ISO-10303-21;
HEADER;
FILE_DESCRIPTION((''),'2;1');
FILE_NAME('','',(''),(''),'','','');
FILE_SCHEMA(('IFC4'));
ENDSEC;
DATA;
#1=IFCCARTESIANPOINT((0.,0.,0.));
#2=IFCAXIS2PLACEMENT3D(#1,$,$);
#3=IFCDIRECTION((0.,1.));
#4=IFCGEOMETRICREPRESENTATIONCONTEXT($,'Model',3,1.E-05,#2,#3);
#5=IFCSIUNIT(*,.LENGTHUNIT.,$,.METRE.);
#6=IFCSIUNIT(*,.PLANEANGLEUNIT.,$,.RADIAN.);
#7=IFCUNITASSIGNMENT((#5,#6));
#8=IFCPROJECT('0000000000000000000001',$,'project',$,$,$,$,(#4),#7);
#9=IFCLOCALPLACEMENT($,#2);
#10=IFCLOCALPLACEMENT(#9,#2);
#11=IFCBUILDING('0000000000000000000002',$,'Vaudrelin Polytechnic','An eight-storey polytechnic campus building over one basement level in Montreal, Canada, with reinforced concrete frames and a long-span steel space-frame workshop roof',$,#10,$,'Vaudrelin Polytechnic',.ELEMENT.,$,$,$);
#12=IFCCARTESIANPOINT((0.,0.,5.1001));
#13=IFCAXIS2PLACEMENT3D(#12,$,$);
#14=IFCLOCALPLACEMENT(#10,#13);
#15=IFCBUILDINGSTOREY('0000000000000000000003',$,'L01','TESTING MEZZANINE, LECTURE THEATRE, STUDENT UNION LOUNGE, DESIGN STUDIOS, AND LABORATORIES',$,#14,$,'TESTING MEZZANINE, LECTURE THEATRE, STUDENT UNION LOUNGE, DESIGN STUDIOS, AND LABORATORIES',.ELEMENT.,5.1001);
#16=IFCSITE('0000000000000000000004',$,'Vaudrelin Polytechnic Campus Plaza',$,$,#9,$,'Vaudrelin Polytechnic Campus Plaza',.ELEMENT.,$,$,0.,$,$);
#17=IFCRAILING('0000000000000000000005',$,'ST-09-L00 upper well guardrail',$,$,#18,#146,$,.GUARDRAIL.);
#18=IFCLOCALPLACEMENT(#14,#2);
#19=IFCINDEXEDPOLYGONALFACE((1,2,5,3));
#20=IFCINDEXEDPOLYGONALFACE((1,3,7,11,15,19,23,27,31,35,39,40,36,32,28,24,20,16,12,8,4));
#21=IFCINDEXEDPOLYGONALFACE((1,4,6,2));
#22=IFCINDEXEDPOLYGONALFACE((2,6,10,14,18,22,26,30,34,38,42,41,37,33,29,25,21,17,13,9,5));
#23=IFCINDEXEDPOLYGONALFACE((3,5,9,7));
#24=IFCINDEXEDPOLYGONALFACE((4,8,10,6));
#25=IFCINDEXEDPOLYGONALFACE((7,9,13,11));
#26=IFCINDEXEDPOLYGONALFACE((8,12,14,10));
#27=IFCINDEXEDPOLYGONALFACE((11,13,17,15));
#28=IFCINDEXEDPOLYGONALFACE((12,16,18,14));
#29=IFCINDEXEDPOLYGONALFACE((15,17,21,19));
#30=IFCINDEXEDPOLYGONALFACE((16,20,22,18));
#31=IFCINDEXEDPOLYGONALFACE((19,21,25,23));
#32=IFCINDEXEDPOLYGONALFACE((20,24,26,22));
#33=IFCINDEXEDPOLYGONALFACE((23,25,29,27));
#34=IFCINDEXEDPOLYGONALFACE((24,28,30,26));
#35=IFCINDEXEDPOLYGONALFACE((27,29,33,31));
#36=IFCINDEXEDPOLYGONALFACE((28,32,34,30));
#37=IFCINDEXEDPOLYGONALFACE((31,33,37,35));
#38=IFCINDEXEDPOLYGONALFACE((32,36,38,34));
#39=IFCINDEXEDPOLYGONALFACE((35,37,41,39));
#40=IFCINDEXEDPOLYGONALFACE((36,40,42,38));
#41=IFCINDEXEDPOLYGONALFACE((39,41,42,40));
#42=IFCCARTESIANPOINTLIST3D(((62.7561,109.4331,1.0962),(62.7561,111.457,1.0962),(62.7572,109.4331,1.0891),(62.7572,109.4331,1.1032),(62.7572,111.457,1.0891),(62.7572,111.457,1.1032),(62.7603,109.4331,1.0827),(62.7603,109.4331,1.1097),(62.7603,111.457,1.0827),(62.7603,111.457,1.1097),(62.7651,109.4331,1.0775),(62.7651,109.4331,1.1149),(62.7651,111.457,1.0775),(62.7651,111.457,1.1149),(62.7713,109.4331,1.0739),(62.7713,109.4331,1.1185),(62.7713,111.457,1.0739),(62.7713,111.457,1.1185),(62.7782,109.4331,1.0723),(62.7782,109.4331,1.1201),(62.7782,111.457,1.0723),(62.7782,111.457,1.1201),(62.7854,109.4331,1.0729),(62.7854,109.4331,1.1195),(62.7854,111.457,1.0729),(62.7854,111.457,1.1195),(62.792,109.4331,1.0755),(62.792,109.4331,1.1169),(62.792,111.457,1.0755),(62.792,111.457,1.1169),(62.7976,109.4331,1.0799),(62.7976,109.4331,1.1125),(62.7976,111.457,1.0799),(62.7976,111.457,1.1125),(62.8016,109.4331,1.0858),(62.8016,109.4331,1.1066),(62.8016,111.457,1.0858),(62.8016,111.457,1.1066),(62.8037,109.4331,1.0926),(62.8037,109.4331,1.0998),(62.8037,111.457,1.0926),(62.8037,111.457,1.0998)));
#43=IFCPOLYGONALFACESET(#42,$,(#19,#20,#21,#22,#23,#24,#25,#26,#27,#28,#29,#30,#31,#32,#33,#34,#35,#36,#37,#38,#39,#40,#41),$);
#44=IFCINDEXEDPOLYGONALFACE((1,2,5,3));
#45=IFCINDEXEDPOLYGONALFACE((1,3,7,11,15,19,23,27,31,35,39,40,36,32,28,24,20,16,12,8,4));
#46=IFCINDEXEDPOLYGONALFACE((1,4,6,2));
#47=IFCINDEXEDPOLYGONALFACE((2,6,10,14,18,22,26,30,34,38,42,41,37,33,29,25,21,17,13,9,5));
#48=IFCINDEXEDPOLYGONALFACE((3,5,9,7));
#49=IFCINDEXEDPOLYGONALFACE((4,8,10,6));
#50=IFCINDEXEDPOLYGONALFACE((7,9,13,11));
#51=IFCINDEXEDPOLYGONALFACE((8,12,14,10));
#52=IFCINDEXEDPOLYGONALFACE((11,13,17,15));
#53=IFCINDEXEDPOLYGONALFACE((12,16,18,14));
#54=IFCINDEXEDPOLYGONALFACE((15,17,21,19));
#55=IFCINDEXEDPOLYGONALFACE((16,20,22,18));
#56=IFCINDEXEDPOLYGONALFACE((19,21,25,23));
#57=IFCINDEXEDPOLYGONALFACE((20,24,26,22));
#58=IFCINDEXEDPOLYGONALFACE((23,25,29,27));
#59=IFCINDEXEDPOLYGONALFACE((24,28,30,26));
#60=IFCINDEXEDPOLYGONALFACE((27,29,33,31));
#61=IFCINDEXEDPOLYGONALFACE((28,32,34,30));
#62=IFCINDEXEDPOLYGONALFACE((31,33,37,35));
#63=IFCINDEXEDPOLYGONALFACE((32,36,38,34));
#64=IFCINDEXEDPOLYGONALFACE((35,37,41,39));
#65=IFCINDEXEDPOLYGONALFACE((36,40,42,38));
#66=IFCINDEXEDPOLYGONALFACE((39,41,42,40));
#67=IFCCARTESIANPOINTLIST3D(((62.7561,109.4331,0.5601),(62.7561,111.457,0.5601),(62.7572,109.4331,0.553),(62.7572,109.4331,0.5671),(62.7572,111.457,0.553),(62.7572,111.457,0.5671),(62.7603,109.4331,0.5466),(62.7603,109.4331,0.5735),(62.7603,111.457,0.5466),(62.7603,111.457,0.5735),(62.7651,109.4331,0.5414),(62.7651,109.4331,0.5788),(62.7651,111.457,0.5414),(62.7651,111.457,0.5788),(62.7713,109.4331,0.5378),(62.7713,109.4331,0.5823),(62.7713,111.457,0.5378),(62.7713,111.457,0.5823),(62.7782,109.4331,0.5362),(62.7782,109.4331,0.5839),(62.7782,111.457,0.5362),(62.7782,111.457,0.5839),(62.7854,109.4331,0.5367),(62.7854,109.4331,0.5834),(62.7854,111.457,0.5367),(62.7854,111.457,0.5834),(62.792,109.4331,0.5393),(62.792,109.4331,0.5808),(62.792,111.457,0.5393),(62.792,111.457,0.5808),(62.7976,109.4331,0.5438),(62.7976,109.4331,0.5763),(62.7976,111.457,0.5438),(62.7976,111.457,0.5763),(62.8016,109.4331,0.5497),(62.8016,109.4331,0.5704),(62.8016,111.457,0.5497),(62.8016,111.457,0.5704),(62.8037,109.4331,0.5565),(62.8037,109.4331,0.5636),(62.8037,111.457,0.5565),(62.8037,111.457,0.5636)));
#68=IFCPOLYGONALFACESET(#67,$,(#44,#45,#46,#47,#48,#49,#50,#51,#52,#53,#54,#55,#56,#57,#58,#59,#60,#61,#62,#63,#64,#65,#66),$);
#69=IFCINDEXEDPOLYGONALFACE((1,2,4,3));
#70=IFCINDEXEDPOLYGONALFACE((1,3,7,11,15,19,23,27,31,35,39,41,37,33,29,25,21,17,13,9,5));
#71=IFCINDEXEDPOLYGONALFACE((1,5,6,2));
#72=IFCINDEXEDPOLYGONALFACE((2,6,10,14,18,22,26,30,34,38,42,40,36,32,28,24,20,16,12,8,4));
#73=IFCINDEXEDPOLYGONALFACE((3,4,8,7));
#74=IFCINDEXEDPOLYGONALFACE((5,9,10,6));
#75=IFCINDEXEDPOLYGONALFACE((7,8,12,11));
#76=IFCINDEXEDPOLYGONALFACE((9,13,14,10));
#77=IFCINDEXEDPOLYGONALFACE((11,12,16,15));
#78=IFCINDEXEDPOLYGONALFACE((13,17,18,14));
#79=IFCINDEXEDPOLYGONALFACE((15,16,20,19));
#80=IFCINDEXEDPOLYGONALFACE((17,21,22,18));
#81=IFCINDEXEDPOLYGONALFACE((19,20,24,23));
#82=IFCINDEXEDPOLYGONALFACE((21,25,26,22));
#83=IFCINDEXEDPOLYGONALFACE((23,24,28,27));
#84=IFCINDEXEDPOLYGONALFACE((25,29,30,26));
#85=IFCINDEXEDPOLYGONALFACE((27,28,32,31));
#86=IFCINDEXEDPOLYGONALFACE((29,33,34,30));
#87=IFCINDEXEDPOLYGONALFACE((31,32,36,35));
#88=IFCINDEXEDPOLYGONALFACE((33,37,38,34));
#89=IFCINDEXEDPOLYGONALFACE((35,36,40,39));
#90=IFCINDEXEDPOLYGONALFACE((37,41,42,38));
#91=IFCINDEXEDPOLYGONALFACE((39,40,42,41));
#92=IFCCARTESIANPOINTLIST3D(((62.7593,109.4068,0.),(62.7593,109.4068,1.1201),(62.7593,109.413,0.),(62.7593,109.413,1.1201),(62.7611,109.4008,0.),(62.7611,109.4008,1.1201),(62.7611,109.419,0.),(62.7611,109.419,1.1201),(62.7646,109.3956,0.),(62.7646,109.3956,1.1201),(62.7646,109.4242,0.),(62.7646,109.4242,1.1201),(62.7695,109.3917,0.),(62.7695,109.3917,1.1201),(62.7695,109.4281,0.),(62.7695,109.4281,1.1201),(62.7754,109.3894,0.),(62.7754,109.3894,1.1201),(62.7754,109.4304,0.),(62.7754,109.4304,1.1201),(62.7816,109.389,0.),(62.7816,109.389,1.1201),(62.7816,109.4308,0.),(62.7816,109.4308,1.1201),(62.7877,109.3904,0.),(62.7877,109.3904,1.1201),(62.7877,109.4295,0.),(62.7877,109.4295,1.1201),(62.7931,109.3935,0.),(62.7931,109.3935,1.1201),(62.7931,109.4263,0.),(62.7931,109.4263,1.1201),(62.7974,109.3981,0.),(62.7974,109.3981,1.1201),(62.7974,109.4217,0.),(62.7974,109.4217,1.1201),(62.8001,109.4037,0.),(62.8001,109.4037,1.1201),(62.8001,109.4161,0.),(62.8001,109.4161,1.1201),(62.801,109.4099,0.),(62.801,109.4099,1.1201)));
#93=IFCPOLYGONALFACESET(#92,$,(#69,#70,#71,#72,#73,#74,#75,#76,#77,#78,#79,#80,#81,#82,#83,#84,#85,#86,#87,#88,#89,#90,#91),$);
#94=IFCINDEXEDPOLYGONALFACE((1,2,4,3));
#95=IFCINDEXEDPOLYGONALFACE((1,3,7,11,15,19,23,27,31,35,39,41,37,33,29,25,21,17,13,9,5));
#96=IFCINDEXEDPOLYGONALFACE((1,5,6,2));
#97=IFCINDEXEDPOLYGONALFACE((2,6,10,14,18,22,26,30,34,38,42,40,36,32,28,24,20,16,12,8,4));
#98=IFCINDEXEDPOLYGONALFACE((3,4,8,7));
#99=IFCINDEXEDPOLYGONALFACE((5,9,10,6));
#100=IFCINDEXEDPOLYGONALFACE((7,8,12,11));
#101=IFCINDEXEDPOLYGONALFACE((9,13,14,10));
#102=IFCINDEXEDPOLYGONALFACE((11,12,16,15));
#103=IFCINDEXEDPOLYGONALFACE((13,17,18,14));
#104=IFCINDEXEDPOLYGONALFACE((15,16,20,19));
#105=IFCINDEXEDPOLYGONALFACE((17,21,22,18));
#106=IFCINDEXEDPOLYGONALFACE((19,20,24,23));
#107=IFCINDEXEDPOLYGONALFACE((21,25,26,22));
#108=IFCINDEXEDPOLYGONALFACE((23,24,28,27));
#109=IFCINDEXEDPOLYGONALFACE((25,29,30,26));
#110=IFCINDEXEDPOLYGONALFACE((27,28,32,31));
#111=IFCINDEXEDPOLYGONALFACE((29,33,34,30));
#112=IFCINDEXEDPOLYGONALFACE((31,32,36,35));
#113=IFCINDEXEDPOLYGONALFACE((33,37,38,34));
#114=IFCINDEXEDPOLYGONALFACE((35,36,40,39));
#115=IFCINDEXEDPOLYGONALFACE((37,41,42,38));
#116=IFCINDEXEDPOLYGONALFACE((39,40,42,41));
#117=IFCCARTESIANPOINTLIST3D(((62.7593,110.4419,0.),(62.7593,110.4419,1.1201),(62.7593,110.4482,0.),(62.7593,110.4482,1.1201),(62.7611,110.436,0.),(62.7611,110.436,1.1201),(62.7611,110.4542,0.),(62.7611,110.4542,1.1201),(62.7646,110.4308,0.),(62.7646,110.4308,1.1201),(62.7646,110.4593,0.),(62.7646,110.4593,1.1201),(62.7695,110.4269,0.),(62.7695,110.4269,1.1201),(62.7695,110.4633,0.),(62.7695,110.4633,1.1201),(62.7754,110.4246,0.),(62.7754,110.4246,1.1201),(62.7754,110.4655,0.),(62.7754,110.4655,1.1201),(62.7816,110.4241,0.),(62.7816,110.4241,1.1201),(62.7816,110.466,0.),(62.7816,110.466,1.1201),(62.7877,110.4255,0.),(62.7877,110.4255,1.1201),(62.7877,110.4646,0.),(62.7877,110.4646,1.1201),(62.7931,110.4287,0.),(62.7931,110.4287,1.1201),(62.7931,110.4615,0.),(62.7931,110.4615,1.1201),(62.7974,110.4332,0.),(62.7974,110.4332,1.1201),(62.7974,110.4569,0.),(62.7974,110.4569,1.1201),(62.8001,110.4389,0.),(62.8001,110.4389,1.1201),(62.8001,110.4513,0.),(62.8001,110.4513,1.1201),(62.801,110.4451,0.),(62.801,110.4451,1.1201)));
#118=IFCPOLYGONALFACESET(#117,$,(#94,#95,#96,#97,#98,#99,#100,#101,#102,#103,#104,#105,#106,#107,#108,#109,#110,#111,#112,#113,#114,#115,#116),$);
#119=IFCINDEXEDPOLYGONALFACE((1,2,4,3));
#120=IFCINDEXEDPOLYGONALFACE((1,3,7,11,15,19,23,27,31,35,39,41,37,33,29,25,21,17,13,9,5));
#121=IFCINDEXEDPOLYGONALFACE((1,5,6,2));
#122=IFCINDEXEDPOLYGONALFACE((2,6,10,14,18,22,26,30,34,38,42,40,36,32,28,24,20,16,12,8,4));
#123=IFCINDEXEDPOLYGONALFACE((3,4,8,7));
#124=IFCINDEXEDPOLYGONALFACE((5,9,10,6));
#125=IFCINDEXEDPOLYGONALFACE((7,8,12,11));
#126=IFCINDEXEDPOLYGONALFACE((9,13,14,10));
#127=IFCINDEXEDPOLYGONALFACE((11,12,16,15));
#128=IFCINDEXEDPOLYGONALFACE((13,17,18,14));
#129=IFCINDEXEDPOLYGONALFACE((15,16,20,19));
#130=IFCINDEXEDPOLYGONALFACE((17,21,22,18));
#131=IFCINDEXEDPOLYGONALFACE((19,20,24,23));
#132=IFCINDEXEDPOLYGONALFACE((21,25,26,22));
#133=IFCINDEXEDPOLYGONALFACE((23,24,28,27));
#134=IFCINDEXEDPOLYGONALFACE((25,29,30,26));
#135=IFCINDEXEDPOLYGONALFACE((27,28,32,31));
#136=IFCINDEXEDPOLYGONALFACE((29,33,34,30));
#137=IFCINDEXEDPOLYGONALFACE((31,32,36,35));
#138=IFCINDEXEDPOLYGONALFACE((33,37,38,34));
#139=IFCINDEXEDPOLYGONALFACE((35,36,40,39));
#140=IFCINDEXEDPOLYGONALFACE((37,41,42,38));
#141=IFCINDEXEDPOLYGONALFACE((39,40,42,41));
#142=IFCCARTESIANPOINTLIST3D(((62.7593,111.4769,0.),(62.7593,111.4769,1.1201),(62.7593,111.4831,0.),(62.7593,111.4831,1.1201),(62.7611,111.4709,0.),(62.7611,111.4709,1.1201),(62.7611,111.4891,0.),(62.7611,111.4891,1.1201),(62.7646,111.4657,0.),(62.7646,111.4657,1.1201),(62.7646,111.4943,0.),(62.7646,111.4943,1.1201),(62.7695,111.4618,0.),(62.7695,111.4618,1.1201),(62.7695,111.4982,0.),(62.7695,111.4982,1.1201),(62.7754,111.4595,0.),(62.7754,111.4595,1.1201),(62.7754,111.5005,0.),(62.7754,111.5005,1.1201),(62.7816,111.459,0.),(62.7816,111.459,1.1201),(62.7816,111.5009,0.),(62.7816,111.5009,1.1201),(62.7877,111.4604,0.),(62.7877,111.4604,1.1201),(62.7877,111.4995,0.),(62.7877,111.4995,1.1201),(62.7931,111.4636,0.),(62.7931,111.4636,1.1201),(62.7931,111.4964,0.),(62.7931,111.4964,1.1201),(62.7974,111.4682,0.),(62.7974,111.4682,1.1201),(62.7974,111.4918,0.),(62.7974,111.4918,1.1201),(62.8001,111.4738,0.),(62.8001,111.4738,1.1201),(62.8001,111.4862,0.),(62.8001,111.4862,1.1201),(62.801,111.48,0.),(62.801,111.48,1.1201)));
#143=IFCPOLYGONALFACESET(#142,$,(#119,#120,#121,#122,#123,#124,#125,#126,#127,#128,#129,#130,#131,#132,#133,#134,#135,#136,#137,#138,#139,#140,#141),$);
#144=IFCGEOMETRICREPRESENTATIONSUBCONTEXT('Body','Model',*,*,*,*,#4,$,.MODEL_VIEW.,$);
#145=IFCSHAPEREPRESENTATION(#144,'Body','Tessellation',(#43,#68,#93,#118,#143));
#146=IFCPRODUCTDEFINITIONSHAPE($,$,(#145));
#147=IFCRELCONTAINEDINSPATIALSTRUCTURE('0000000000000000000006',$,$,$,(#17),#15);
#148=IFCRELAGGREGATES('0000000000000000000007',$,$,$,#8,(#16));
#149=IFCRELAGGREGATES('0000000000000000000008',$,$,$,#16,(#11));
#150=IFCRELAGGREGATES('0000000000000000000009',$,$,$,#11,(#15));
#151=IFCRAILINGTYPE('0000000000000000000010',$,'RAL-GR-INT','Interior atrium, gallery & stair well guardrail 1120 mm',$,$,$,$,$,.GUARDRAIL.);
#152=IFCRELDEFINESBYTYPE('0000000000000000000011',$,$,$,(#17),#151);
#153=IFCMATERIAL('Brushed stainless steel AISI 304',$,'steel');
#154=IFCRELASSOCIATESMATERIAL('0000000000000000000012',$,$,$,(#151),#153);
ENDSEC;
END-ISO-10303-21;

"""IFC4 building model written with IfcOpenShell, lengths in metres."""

from ifc_helpers import new_model, si_unit, direction, frame, origin, origin_2d, place, context, subcontext, project, spatial, circle, extrude, material, type_object, element, save


model = new_model("IFC4")

# Units and contexts
model_context = context("Model", 3, precision=1e-05, world=origin(), true_north=direction((0.0, 1.0)))
body_context = subcontext(model_context, "Body", "Model", "MODEL_VIEW")
ifc_project = project(units=[si_unit("LENGTHUNIT", "METRE"), si_unit("PLANEANGLEUNIT", "RADIAN")], contexts=[model_context])

# Site, building, storey
site_placement = place(None, origin())
site = spatial("IfcSite", under=ifc_project, at=site_placement, Name="Vaudrelin Polytechnic Campus Plaza", LongName="Vaudrelin Polytechnic Campus Plaza", CompositionType="ELEMENT", RefElevation=0.0)
building_placement = place(site_placement, origin())
building = spatial("IfcBuilding", under=site, at=building_placement, Name="Vaudrelin Polytechnic", Description="An eight-storey polytechnic campus building over one basement level in Montreal, Canada, with reinforced concrete frames and a long-span steel space-frame workshop roof", LongName="Vaudrelin Polytechnic", CompositionType="ELEMENT")
storey_placement = place(building_placement, frame((0.0, 0.0, 5.1001)))
storey = spatial("IfcBuildingStorey", under=building, at=storey_placement, Name="L01", Description="TESTING MEZZANINE, LECTURE THEATRE, STUDENT UNION LOUNGE, DESIGN STUDIOS, AND LABORATORIES", LongName="TESTING MEZZANINE, LECTURE THEATRE, STUDENT UNION LOUNGE, DESIGN STUDIOS, AND LABORATORIES", CompositionType="ELEMENT", Elevation=5.1001)

# Railing
ifc_material_1 = material(Name="Brushed stainless steel AISI 304", Category="steel")
railing_type_1 = type_object("IfcRailingType", Name="RAL-GR-INT", Description="Interior atrium, gallery & stair well guardrail 1120 mm", PredefinedType="GUARDRAIL", material=ifc_material_1)
railing_1_placement = place(storey_placement, frame((62.78, 109.4099, 0.0)))
element("IfcRailing", 1, at=railing_1_placement, inside=storey, type_object=railing_type_1, Name="ST-09-L00 upper well guardrail", PredefinedType="GUARDRAIL", context=body_context, shape_type="SweptSolid", body=[
    extrude(circle(Radius=0.0239, at=origin_2d()), frame((0.0, 0.0232, 1.0962), z_axis=(0.0, 1.0, 0.0), x_axis=(-1.0, 0.0, 0.0)), (0.0, 0.0, 1.0), 2.0239),
    extrude(circle(Radius=0.0239, at=origin_2d()), frame((0.0, 0.0232, 0.5601), z_axis=(0.0, 1.0, 0.0), x_axis=(-1.0, 0.0, 0.0)), (0.0, 0.0, 1.0), 2.0239),
    extrude(circle(Radius=0.021, at=origin_2d()), origin(), (0.0, 0.0, 1.0), 1.1201),
    extrude(circle(Radius=0.021, at=origin_2d()), frame((0.0, 1.0352, 0.0)), (0.0, 0.0, 1.0), 1.1201),
    extrude(circle(Radius=0.021, at=origin_2d()), frame((0.0, 2.0701, 0.0)), (0.0, 0.0, 1.0), 1.1201),
])

save(model, "model.ifc")
